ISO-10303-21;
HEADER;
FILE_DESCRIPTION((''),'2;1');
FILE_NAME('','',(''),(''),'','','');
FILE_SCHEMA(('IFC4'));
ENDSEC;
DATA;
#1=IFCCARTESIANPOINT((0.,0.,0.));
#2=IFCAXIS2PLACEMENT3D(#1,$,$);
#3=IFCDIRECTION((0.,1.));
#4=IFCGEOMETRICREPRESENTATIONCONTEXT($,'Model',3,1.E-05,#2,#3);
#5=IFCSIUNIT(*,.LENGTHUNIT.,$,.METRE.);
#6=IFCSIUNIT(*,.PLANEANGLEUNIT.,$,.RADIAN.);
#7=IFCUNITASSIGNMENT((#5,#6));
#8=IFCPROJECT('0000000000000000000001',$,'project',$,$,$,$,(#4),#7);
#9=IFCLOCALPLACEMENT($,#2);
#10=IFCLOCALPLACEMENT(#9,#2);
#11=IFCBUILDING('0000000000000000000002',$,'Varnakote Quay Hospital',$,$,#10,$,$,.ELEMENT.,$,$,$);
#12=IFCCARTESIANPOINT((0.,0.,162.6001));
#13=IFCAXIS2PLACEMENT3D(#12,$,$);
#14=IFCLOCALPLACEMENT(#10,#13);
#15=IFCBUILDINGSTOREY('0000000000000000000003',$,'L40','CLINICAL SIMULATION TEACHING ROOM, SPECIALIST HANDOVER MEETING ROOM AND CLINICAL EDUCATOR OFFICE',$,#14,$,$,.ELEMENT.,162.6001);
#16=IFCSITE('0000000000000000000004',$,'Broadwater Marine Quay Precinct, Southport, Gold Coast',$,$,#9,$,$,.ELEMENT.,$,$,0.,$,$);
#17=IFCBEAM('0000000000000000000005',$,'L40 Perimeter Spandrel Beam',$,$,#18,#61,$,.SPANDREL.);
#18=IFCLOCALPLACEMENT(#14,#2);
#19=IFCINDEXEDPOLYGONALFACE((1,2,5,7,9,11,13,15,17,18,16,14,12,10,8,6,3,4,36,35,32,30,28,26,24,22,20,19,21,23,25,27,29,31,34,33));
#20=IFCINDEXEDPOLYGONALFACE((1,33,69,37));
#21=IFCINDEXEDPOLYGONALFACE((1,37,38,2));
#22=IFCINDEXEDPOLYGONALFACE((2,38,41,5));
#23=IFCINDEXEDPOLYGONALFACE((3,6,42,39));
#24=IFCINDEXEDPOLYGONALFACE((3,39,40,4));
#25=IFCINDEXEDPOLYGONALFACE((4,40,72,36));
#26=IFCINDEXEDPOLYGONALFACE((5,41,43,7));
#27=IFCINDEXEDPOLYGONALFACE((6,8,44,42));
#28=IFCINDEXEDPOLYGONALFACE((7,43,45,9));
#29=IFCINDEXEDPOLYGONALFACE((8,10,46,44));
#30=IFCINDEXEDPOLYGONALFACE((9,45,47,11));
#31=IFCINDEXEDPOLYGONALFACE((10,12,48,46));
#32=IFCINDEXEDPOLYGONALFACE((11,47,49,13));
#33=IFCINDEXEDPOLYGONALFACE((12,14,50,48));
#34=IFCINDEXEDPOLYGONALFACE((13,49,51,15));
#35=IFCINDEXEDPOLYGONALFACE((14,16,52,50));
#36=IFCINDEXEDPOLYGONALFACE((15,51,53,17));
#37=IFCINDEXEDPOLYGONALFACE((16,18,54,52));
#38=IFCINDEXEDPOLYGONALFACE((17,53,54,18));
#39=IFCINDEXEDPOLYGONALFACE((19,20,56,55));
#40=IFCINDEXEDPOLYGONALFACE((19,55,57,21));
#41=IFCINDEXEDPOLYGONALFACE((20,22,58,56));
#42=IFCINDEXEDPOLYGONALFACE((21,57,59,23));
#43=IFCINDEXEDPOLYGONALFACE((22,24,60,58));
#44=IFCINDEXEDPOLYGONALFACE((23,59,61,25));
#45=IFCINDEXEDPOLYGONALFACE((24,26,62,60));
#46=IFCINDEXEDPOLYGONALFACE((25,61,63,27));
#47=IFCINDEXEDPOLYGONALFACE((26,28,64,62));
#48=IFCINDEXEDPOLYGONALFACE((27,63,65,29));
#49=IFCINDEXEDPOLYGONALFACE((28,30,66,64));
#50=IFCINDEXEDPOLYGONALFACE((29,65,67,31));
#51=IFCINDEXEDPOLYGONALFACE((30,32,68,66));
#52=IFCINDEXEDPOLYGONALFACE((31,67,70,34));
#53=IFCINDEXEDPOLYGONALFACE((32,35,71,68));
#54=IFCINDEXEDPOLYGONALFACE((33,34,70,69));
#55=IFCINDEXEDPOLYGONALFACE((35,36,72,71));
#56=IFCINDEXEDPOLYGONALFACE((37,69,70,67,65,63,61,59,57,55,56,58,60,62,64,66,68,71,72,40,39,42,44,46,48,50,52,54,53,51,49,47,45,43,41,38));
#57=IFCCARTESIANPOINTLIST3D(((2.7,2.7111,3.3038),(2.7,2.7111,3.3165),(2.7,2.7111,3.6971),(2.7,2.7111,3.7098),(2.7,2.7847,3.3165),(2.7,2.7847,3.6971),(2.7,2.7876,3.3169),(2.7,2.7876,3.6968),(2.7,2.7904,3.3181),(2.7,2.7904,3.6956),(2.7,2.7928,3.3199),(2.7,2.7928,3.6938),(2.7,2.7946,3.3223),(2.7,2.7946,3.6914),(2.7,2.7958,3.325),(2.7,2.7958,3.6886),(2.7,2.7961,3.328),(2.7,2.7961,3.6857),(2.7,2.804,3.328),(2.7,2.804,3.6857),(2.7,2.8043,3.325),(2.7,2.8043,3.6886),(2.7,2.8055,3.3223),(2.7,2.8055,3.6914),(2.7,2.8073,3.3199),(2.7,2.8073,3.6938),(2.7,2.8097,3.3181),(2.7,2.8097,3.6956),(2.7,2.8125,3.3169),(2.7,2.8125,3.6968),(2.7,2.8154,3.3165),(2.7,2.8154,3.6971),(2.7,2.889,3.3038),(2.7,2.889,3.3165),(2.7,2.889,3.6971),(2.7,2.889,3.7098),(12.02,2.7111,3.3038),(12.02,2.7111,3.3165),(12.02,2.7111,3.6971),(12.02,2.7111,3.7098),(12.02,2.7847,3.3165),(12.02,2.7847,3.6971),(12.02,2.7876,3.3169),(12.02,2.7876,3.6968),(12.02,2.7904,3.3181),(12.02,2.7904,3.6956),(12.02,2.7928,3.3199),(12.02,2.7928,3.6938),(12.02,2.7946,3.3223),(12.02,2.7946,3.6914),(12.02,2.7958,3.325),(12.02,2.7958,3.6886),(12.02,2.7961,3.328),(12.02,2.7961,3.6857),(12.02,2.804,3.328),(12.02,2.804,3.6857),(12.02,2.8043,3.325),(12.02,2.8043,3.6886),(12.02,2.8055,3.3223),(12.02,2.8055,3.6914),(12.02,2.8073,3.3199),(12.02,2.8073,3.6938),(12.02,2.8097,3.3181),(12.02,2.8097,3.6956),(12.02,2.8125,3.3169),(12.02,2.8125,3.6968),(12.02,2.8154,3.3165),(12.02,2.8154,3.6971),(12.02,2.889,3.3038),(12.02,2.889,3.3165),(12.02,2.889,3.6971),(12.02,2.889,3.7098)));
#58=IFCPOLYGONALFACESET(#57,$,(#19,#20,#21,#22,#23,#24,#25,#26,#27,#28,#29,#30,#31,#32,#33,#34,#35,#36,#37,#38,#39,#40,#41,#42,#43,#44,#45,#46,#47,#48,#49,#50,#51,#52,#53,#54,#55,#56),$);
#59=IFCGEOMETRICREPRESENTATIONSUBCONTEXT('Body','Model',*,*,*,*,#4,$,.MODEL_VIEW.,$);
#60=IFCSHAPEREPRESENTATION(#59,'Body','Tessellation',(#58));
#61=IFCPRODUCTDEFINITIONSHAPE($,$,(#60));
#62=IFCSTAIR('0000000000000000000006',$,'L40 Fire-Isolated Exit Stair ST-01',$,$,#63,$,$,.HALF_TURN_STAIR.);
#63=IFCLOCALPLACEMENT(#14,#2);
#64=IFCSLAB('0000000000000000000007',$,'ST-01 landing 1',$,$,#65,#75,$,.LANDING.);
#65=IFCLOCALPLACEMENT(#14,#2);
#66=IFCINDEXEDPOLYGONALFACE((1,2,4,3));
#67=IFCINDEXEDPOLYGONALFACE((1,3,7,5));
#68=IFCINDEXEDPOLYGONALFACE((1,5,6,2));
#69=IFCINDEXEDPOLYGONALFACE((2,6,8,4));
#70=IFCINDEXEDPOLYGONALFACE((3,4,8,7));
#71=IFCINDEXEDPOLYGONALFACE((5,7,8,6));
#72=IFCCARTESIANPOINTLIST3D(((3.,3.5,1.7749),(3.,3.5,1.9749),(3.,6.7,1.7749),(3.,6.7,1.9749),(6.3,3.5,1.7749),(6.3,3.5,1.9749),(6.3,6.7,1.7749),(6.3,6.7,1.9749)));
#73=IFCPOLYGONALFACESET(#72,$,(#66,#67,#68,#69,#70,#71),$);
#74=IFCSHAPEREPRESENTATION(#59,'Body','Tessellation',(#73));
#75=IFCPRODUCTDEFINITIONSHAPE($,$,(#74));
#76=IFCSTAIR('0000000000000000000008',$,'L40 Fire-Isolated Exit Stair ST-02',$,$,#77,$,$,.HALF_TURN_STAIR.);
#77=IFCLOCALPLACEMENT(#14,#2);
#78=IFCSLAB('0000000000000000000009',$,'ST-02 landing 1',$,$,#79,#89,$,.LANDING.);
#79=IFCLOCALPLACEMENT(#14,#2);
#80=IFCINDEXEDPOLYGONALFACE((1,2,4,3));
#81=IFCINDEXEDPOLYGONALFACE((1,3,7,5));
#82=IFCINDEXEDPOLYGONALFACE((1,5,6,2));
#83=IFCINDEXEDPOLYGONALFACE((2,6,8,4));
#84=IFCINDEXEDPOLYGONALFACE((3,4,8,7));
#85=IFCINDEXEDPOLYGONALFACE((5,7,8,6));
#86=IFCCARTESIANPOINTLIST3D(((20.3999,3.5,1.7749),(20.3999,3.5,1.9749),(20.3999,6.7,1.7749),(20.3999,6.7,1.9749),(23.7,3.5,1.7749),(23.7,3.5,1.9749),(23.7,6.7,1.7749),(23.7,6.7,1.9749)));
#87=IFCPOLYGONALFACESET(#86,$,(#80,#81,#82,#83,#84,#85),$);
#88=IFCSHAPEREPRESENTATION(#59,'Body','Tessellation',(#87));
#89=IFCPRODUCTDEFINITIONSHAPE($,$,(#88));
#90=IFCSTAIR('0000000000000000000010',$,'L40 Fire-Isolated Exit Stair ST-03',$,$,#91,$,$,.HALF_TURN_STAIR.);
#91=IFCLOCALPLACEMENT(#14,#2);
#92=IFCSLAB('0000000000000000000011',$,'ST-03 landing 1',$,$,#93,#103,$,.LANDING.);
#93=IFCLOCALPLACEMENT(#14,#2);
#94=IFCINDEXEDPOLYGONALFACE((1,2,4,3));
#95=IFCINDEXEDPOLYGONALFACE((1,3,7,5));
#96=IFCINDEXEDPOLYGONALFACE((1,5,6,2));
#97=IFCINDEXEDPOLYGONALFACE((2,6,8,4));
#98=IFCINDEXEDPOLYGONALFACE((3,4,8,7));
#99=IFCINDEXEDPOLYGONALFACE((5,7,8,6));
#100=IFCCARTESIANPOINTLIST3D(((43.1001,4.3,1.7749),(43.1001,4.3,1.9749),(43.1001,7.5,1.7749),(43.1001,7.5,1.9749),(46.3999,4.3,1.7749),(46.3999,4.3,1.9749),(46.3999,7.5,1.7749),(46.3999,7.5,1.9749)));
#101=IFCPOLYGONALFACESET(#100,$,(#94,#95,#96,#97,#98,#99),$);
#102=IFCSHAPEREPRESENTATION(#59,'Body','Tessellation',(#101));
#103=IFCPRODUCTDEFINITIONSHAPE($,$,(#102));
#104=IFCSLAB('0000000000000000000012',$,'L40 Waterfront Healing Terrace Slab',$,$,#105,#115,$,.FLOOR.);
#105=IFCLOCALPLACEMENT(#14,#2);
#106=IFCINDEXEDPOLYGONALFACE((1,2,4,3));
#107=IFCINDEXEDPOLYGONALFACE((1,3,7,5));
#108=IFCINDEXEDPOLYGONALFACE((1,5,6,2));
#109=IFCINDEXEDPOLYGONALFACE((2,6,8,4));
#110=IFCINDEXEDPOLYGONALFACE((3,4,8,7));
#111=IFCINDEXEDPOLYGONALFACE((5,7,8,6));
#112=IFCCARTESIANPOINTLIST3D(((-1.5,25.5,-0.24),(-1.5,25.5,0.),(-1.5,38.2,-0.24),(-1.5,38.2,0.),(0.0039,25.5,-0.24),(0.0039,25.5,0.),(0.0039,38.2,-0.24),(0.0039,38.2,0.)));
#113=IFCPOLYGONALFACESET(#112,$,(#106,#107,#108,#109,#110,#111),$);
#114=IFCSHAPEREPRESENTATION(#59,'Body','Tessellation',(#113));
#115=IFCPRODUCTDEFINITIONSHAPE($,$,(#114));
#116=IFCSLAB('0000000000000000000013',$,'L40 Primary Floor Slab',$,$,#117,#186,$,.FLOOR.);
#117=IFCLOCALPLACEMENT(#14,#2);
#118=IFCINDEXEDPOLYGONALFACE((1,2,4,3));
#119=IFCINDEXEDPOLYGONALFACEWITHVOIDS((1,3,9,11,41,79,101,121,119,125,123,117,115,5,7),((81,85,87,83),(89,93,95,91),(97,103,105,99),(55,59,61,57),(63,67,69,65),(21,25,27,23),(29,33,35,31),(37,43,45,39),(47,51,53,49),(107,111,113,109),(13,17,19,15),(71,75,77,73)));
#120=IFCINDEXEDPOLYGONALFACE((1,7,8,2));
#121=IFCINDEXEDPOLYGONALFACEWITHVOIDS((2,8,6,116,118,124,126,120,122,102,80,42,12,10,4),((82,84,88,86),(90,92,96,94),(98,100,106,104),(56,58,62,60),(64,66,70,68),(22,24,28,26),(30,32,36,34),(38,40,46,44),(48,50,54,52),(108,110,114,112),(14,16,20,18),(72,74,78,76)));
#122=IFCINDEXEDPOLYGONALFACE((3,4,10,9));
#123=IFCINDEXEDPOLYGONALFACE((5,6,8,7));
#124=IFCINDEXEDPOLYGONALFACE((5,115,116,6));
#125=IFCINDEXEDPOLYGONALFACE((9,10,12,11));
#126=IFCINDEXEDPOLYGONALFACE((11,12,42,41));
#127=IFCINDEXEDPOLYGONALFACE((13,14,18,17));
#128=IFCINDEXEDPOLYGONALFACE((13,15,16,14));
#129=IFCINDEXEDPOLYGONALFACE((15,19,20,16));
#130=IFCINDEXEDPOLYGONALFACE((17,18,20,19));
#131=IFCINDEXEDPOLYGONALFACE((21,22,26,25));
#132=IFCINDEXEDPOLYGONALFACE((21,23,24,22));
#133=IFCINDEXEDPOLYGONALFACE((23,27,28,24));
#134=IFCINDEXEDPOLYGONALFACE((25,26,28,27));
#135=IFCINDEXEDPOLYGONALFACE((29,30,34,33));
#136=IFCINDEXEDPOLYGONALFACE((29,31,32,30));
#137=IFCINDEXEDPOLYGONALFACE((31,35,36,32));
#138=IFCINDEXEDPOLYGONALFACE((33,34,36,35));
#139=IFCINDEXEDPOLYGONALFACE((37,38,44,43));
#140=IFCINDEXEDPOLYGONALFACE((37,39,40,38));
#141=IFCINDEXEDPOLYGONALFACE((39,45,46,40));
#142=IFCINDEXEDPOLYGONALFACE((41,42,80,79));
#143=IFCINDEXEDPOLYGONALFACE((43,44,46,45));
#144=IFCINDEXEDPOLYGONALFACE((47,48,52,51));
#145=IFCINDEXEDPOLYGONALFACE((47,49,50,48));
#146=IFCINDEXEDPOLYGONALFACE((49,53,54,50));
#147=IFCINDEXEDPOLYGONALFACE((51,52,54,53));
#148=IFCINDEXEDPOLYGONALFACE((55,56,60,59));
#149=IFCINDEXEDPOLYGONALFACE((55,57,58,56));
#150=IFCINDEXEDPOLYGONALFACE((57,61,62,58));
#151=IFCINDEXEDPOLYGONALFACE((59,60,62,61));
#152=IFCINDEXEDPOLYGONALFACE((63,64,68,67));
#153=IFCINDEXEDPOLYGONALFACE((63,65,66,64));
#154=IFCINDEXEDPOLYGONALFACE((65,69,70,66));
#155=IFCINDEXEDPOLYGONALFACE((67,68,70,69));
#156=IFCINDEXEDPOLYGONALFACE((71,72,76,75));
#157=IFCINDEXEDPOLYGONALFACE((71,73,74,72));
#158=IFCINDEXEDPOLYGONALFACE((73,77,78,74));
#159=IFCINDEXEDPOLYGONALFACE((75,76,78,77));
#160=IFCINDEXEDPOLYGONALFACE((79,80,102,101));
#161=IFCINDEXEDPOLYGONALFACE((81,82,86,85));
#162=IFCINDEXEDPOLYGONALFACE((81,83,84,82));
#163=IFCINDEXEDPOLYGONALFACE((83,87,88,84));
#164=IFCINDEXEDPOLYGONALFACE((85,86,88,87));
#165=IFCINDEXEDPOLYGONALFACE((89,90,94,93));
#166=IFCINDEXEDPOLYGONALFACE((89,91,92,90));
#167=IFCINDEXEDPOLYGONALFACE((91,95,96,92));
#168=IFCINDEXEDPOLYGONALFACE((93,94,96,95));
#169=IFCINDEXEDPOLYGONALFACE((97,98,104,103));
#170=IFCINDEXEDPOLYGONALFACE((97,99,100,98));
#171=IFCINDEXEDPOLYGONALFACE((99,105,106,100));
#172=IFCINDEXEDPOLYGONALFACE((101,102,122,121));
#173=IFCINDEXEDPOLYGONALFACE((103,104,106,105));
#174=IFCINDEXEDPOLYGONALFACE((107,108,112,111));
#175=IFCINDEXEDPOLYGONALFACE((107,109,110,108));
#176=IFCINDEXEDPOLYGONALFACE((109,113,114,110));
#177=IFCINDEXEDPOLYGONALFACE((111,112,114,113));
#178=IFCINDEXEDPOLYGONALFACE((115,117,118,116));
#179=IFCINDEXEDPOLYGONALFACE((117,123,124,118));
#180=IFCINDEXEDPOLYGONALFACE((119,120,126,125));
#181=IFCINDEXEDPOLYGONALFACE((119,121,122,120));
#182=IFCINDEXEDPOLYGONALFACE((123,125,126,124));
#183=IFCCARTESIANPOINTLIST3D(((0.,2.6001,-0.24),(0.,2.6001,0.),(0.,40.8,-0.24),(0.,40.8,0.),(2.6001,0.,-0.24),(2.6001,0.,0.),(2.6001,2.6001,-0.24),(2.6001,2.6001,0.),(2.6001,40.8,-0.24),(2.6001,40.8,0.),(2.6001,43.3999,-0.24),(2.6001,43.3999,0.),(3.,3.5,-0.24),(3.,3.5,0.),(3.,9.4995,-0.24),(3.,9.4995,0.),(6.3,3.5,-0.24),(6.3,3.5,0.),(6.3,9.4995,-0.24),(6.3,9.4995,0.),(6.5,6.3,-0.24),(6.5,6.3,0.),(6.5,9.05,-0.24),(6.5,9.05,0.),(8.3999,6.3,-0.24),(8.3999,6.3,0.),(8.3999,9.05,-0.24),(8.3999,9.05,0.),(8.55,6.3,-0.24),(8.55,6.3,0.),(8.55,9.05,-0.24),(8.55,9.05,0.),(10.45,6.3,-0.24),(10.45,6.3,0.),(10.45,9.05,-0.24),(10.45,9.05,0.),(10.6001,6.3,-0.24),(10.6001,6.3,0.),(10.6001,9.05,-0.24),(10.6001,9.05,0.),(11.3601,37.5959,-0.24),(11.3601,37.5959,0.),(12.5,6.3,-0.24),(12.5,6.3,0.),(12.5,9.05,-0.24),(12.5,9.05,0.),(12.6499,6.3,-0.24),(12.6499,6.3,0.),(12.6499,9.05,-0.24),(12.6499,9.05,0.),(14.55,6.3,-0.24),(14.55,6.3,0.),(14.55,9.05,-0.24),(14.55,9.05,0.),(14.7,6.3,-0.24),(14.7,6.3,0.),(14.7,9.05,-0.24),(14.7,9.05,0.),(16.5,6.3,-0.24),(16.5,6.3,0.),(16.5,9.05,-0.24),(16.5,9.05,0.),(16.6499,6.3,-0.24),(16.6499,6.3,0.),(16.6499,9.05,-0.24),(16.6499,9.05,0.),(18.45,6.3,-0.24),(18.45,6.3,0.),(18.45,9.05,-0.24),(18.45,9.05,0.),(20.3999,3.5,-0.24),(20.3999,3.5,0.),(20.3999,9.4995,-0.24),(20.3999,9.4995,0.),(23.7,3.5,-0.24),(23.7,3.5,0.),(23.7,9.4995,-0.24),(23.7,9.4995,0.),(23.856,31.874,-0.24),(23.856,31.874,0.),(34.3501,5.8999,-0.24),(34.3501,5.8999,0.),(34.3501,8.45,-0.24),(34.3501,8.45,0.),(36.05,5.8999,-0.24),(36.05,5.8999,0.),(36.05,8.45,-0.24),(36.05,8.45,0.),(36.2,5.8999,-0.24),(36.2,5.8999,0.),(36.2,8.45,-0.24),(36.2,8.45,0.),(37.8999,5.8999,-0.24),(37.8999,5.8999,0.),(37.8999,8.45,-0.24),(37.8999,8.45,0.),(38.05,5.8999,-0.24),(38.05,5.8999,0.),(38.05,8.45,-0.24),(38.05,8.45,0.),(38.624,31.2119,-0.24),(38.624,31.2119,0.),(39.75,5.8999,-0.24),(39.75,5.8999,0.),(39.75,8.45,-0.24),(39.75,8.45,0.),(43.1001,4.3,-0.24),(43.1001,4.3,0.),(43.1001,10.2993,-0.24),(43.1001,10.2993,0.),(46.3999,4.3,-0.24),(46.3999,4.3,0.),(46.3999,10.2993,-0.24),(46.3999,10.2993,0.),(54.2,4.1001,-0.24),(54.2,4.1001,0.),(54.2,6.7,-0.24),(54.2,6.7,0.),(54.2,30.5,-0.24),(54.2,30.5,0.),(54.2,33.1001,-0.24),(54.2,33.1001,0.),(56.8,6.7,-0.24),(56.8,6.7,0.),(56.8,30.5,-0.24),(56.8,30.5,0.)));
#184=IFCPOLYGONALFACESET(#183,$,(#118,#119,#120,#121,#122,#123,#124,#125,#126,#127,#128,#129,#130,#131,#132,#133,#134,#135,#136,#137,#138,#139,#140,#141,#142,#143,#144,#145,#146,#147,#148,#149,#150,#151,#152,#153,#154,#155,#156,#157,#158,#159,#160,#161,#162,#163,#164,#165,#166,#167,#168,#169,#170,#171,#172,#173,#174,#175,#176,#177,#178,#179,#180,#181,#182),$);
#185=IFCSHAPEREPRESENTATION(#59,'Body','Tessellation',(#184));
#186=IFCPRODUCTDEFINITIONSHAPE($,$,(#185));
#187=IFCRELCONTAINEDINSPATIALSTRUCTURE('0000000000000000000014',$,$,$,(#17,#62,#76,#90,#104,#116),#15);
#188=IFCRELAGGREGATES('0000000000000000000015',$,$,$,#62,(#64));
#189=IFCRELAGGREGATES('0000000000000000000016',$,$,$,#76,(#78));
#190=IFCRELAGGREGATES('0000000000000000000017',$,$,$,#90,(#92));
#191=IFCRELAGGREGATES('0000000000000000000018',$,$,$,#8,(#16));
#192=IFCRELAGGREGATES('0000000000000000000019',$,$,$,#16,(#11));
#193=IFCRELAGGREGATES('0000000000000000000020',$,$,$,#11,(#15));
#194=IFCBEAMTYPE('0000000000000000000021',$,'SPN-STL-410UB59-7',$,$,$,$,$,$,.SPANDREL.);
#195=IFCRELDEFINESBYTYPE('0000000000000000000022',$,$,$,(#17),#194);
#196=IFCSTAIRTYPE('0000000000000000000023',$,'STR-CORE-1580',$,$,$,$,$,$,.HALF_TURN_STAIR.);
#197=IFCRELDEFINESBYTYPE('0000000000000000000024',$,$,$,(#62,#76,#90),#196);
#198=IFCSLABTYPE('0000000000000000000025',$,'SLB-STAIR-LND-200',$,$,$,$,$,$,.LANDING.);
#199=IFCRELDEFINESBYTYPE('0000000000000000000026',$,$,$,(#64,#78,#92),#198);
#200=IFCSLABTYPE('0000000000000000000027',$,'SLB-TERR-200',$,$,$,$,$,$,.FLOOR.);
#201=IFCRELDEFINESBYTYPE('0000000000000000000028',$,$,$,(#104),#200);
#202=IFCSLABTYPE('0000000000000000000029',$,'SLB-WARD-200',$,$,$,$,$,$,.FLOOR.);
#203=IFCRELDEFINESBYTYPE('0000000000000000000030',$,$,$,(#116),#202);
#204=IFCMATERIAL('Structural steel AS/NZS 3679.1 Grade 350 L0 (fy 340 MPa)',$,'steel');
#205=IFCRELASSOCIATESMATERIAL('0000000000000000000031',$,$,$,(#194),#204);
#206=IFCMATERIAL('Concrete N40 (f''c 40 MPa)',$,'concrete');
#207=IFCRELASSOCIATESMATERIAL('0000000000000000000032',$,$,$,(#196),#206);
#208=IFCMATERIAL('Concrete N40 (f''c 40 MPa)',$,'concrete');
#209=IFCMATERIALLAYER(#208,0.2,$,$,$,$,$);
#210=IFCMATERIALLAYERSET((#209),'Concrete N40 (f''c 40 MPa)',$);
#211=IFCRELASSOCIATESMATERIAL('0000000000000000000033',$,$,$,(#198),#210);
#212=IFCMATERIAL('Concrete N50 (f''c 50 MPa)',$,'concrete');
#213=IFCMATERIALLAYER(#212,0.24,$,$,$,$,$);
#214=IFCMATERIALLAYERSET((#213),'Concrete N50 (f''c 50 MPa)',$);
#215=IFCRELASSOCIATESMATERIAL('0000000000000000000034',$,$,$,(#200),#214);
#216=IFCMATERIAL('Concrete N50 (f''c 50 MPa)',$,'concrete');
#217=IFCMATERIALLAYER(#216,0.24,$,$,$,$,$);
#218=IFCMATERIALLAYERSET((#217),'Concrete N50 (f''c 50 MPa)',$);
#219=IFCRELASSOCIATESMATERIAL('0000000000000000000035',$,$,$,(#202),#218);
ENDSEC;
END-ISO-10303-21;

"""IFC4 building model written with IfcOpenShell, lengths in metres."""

from ifc_helpers import new_model, si_unit, direction, frame, origin, origin_2d, place, context, subcontext, project, spatial, polyline, i_section, outline, extrude, material, layer, layer_set, material_profile, profile_set, type_object, element, aggregate, save


model = new_model("IFC4")

# Units and contexts
model_context = context("Model", 3, precision=1e-05, world=origin(), true_north=direction((0.0, 1.0)))
body_context = subcontext(model_context, "Body", "Model", "MODEL_VIEW")
ifc_project = project(units=[si_unit("LENGTHUNIT", "METRE"), si_unit("PLANEANGLEUNIT", "RADIAN")], contexts=[model_context])

# Site, building, storey
site_placement = place(None, origin())
site = spatial("IfcSite", under=ifc_project, at=site_placement, Name="Broadwater Marine Quay Precinct, Southport, Gold Coast", CompositionType="ELEMENT", RefElevation=0.0)
building_placement = place(site_placement, origin())
building = spatial("IfcBuilding", under=site, at=building_placement, Name="Varnakote Quay Hospital", CompositionType="ELEMENT")
storey_placement = place(building_placement, frame((0.0, 0.0, 162.6001)))
storey = spatial("IfcBuildingStorey", under=building, at=storey_placement, Name="L40", Description="CLINICAL SIMULATION TEACHING ROOM, SPECIALIST HANDOVER MEETING ROOM AND CLINICAL EDUCATOR OFFICE", CompositionType="ELEMENT", Elevation=162.6001)

# Beam
ifc_material_1 = material(Name="Structural steel AS/NZS 3679.1 Grade 350 L0 (fy 340 MPa)", Category="steel")
ifc_material_profile_1 = material_profile(ifc_material_1, i_section(OverallWidth=0.178, OverallDepth=0.406, WebThickness=0.0078, FlangeThickness=0.0127, FilletRadius=0.0115, at=origin_2d()), Name="410UB59.7")
ifc_profile_set_1 = profile_set([ifc_material_profile_1], Name="Structural steel AS/NZS 3679.1 Grade 350 L0 (fy 340 MPa)")
beam_type_1 = type_object("IfcBeamType", Name="SPN-STL-410UB59-7", PredefinedType="SPANDREL", material=ifc_profile_set_1)
beam_1_placement = place(storey_placement, frame((2.7, 2.8, 3.5068), z_axis=(1.0, 0.0, 0.0), x_axis=(0.0, 1.0, 0.0)))
element("IfcBeam", 1, at=beam_1_placement, inside=storey, type_object=beam_type_1, Name="L40 Perimeter Spandrel Beam", PredefinedType="SPANDREL", context=body_context, shape_type="SweptSolid", body=[
    extrude(i_section(OverallWidth=0.178, OverallDepth=0.406, WebThickness=0.0078, FlangeThickness=0.0127, FilletRadius=0.0115, at=origin_2d()), origin(), (0.0, 0.0, 1.0), 9.3201),
])

# Stairs, slabs
ifc_material_2 = material(Name="Concrete N40 (f'c 40 MPa)", Category="concrete")
stair_type = type_object("IfcStairType", Name="STR-CORE-1580", PredefinedType="HALF_TURN_STAIR", material=ifc_material_2)
stair_1_placement = place(storey_placement, origin())
stair_1 = element("IfcStair", 2, at=stair_1_placement, inside=storey, type_object=stair_type, Name="L40 Fire-Isolated Exit Stair ST-01", PredefinedType="HALF_TURN_STAIR")
ifc_material_3 = material(Name="Concrete N40 (f'c 40 MPa)", Category="concrete")
ifc_layer_1 = layer(ifc_material_3, 0.2)
ifc_layer_set_1 = layer_set([ifc_layer_1], Name="Concrete N40 (f'c 40 MPa)")
slab_type_1 = type_object("IfcSlabType", Name="SLB-STAIR-LND-200", PredefinedType="LANDING", material=ifc_layer_set_1)
slab_1_placement = place(storey_placement, frame((0.0, 0.0, 1.7749)))
slab_1 = element("IfcSlab", 3, at=slab_1_placement, type_object=slab_type_1, Name="ST-01 landing 1", PredefinedType="LANDING", context=body_context, shape_type="SweptSolid", body=[
    extrude(outline(polyline([(3.0, 6.7), (3.0, 3.5), (6.3, 3.5), (6.3, 6.7), (3.0, 6.7)])), origin(), (0.0, 0.0, 1.0), 0.2),
])
aggregate(stair_1, [slab_1])
stair_2_placement = place(storey_placement, origin())
stair_2 = element("IfcStair", 4, at=stair_2_placement, inside=storey, type_object=stair_type, Name="L40 Fire-Isolated Exit Stair ST-02", PredefinedType="HALF_TURN_STAIR")
slab_2_placement = place(storey_placement, frame((0.0, 0.0, 1.7749)))
slab_2 = element("IfcSlab", 5, at=slab_2_placement, type_object=slab_type_1, Name="ST-02 landing 1", PredefinedType="LANDING", context=body_context, shape_type="SweptSolid", body=[
    extrude(outline(polyline([(20.3999, 6.7), (20.3999, 3.5), (23.7, 3.5), (23.7, 6.7), (20.3999, 6.7)])), origin(), (0.0, 0.0, 1.0), 0.2),
])
aggregate(stair_2, [slab_2])
stair_3_placement = place(storey_placement, origin())
stair_3 = element("IfcStair", 6, at=stair_3_placement, inside=storey, type_object=stair_type, Name="L40 Fire-Isolated Exit Stair ST-03", PredefinedType="HALF_TURN_STAIR")
slab_3_placement = place(storey_placement, frame((0.0, 0.0, 1.7749)))
slab_3 = element("IfcSlab", 7, at=slab_3_placement, type_object=slab_type_1, Name="ST-03 landing 1", PredefinedType="LANDING", context=body_context, shape_type="SweptSolid", body=[
    extrude(outline(polyline([(43.1001, 7.5), (43.1001, 4.3), (46.3999, 4.3), (46.3999, 7.5), (43.1001, 7.5)])), origin(), (0.0, 0.0, 1.0), 0.2),
])
aggregate(stair_3, [slab_3])

# Slabs
ifc_material_4 = material(Name="Concrete N50 (f'c 50 MPa)", Category="concrete")
ifc_layer_2 = layer(ifc_material_4, 0.24)
ifc_layer_set_2 = layer_set([ifc_layer_2], Name="Concrete N50 (f'c 50 MPa)")
slab_type_2 = type_object("IfcSlabType", Name="SLB-TERR-200", PredefinedType="FLOOR", material=ifc_layer_set_2)
slab_4_placement = place(storey_placement, frame((0.0, 0.0, -0.24)))
element("IfcSlab", 8, at=slab_4_placement, inside=storey, type_object=slab_type_2, Name="L40 Waterfront Healing Terrace Slab", PredefinedType="FLOOR", context=body_context, shape_type="SweptSolid", body=[
    extrude(outline(polyline([(0.0039, 25.5), (0.0039, 38.2), (-1.5, 38.2), (-1.5, 25.5), (0.0039, 25.5)])), origin(), (0.0, 0.0, 1.0), 0.24),
])
ifc_material_5 = material(Name="Concrete N50 (f'c 50 MPa)", Category="concrete")
ifc_layer_3 = layer(ifc_material_5, 0.24)
ifc_layer_set_3 = layer_set([ifc_layer_3], Name="Concrete N50 (f'c 50 MPa)")
slab_type_3 = type_object("IfcSlabType", Name="SLB-WARD-200", PredefinedType="FLOOR", material=ifc_layer_set_3)
slab_5_placement = place(storey_placement, frame((0.0, 0.0, -0.24)))
element("IfcSlab", 9, at=slab_5_placement, inside=storey, type_object=slab_type_3, Name="L40 Primary Floor Slab", PredefinedType="FLOOR", context=body_context, shape_type="SweptSolid", body=[
    extrude(outline(polyline([(0.0, 2.6001), (2.6001, 2.6001), (2.6001, 0.0), (54.2, 4.1001), (54.2, 6.7), (56.8, 6.7), (56.8, 30.5), (54.2, 30.5), (54.2, 33.1001), (38.624, 31.2119), (23.856, 31.874), (11.3601, 37.5959), (2.6001, 43.3999), (2.6001, 40.8), (0.0, 40.8), (0.0, 2.6001)]), holes=[polyline([(3.0, 3.5), (6.3, 3.5), (6.3, 9.4995), (3.0, 9.4995), (3.0, 3.5)]), polyline([(20.3999, 3.5), (23.7, 3.5), (23.7, 9.4995), (20.3999, 9.4995), (20.3999, 3.5)]), polyline([(43.1001, 4.3), (46.3999, 4.3), (46.3999, 10.2993), (43.1001, 10.2993), (43.1001, 4.3)]), polyline([(6.5, 6.3), (8.3999, 6.3), (8.3999, 9.05), (6.5, 9.05), (6.5, 6.3)]), polyline([(8.55, 6.3), (10.45, 6.3), (10.45, 9.05), (8.55, 9.05), (8.55, 6.3)]), polyline([(10.6001, 6.3), (12.5, 6.3), (12.5, 9.05), (10.6001, 9.05), (10.6001, 6.3)]), polyline([(12.6499, 6.3), (14.55, 6.3), (14.55, 9.05), (12.6499, 9.05), (12.6499, 6.3)]), polyline([(14.7, 6.3), (16.5, 6.3), (16.5, 9.05), (14.7, 9.05), (14.7, 6.3)]), polyline([(16.6499, 6.3), (18.45, 6.3), (18.45, 9.05), (16.6499, 9.05), (16.6499, 6.3)]), polyline([(34.3501, 5.8999), (36.05, 5.8999), (36.05, 8.45), (34.3501, 8.45), (34.3501, 5.8999)]), polyline([(36.2, 5.8999), (37.8999, 5.8999), (37.8999, 8.45), (36.2, 8.45), (36.2, 5.8999)]), polyline([(38.05, 5.8999), (39.75, 5.8999), (39.75, 8.45), (38.05, 8.45), (38.05, 5.8999)])]), origin(), (0.0, 0.0, 1.0), 0.24),
])

save(model, "model.ifc")
